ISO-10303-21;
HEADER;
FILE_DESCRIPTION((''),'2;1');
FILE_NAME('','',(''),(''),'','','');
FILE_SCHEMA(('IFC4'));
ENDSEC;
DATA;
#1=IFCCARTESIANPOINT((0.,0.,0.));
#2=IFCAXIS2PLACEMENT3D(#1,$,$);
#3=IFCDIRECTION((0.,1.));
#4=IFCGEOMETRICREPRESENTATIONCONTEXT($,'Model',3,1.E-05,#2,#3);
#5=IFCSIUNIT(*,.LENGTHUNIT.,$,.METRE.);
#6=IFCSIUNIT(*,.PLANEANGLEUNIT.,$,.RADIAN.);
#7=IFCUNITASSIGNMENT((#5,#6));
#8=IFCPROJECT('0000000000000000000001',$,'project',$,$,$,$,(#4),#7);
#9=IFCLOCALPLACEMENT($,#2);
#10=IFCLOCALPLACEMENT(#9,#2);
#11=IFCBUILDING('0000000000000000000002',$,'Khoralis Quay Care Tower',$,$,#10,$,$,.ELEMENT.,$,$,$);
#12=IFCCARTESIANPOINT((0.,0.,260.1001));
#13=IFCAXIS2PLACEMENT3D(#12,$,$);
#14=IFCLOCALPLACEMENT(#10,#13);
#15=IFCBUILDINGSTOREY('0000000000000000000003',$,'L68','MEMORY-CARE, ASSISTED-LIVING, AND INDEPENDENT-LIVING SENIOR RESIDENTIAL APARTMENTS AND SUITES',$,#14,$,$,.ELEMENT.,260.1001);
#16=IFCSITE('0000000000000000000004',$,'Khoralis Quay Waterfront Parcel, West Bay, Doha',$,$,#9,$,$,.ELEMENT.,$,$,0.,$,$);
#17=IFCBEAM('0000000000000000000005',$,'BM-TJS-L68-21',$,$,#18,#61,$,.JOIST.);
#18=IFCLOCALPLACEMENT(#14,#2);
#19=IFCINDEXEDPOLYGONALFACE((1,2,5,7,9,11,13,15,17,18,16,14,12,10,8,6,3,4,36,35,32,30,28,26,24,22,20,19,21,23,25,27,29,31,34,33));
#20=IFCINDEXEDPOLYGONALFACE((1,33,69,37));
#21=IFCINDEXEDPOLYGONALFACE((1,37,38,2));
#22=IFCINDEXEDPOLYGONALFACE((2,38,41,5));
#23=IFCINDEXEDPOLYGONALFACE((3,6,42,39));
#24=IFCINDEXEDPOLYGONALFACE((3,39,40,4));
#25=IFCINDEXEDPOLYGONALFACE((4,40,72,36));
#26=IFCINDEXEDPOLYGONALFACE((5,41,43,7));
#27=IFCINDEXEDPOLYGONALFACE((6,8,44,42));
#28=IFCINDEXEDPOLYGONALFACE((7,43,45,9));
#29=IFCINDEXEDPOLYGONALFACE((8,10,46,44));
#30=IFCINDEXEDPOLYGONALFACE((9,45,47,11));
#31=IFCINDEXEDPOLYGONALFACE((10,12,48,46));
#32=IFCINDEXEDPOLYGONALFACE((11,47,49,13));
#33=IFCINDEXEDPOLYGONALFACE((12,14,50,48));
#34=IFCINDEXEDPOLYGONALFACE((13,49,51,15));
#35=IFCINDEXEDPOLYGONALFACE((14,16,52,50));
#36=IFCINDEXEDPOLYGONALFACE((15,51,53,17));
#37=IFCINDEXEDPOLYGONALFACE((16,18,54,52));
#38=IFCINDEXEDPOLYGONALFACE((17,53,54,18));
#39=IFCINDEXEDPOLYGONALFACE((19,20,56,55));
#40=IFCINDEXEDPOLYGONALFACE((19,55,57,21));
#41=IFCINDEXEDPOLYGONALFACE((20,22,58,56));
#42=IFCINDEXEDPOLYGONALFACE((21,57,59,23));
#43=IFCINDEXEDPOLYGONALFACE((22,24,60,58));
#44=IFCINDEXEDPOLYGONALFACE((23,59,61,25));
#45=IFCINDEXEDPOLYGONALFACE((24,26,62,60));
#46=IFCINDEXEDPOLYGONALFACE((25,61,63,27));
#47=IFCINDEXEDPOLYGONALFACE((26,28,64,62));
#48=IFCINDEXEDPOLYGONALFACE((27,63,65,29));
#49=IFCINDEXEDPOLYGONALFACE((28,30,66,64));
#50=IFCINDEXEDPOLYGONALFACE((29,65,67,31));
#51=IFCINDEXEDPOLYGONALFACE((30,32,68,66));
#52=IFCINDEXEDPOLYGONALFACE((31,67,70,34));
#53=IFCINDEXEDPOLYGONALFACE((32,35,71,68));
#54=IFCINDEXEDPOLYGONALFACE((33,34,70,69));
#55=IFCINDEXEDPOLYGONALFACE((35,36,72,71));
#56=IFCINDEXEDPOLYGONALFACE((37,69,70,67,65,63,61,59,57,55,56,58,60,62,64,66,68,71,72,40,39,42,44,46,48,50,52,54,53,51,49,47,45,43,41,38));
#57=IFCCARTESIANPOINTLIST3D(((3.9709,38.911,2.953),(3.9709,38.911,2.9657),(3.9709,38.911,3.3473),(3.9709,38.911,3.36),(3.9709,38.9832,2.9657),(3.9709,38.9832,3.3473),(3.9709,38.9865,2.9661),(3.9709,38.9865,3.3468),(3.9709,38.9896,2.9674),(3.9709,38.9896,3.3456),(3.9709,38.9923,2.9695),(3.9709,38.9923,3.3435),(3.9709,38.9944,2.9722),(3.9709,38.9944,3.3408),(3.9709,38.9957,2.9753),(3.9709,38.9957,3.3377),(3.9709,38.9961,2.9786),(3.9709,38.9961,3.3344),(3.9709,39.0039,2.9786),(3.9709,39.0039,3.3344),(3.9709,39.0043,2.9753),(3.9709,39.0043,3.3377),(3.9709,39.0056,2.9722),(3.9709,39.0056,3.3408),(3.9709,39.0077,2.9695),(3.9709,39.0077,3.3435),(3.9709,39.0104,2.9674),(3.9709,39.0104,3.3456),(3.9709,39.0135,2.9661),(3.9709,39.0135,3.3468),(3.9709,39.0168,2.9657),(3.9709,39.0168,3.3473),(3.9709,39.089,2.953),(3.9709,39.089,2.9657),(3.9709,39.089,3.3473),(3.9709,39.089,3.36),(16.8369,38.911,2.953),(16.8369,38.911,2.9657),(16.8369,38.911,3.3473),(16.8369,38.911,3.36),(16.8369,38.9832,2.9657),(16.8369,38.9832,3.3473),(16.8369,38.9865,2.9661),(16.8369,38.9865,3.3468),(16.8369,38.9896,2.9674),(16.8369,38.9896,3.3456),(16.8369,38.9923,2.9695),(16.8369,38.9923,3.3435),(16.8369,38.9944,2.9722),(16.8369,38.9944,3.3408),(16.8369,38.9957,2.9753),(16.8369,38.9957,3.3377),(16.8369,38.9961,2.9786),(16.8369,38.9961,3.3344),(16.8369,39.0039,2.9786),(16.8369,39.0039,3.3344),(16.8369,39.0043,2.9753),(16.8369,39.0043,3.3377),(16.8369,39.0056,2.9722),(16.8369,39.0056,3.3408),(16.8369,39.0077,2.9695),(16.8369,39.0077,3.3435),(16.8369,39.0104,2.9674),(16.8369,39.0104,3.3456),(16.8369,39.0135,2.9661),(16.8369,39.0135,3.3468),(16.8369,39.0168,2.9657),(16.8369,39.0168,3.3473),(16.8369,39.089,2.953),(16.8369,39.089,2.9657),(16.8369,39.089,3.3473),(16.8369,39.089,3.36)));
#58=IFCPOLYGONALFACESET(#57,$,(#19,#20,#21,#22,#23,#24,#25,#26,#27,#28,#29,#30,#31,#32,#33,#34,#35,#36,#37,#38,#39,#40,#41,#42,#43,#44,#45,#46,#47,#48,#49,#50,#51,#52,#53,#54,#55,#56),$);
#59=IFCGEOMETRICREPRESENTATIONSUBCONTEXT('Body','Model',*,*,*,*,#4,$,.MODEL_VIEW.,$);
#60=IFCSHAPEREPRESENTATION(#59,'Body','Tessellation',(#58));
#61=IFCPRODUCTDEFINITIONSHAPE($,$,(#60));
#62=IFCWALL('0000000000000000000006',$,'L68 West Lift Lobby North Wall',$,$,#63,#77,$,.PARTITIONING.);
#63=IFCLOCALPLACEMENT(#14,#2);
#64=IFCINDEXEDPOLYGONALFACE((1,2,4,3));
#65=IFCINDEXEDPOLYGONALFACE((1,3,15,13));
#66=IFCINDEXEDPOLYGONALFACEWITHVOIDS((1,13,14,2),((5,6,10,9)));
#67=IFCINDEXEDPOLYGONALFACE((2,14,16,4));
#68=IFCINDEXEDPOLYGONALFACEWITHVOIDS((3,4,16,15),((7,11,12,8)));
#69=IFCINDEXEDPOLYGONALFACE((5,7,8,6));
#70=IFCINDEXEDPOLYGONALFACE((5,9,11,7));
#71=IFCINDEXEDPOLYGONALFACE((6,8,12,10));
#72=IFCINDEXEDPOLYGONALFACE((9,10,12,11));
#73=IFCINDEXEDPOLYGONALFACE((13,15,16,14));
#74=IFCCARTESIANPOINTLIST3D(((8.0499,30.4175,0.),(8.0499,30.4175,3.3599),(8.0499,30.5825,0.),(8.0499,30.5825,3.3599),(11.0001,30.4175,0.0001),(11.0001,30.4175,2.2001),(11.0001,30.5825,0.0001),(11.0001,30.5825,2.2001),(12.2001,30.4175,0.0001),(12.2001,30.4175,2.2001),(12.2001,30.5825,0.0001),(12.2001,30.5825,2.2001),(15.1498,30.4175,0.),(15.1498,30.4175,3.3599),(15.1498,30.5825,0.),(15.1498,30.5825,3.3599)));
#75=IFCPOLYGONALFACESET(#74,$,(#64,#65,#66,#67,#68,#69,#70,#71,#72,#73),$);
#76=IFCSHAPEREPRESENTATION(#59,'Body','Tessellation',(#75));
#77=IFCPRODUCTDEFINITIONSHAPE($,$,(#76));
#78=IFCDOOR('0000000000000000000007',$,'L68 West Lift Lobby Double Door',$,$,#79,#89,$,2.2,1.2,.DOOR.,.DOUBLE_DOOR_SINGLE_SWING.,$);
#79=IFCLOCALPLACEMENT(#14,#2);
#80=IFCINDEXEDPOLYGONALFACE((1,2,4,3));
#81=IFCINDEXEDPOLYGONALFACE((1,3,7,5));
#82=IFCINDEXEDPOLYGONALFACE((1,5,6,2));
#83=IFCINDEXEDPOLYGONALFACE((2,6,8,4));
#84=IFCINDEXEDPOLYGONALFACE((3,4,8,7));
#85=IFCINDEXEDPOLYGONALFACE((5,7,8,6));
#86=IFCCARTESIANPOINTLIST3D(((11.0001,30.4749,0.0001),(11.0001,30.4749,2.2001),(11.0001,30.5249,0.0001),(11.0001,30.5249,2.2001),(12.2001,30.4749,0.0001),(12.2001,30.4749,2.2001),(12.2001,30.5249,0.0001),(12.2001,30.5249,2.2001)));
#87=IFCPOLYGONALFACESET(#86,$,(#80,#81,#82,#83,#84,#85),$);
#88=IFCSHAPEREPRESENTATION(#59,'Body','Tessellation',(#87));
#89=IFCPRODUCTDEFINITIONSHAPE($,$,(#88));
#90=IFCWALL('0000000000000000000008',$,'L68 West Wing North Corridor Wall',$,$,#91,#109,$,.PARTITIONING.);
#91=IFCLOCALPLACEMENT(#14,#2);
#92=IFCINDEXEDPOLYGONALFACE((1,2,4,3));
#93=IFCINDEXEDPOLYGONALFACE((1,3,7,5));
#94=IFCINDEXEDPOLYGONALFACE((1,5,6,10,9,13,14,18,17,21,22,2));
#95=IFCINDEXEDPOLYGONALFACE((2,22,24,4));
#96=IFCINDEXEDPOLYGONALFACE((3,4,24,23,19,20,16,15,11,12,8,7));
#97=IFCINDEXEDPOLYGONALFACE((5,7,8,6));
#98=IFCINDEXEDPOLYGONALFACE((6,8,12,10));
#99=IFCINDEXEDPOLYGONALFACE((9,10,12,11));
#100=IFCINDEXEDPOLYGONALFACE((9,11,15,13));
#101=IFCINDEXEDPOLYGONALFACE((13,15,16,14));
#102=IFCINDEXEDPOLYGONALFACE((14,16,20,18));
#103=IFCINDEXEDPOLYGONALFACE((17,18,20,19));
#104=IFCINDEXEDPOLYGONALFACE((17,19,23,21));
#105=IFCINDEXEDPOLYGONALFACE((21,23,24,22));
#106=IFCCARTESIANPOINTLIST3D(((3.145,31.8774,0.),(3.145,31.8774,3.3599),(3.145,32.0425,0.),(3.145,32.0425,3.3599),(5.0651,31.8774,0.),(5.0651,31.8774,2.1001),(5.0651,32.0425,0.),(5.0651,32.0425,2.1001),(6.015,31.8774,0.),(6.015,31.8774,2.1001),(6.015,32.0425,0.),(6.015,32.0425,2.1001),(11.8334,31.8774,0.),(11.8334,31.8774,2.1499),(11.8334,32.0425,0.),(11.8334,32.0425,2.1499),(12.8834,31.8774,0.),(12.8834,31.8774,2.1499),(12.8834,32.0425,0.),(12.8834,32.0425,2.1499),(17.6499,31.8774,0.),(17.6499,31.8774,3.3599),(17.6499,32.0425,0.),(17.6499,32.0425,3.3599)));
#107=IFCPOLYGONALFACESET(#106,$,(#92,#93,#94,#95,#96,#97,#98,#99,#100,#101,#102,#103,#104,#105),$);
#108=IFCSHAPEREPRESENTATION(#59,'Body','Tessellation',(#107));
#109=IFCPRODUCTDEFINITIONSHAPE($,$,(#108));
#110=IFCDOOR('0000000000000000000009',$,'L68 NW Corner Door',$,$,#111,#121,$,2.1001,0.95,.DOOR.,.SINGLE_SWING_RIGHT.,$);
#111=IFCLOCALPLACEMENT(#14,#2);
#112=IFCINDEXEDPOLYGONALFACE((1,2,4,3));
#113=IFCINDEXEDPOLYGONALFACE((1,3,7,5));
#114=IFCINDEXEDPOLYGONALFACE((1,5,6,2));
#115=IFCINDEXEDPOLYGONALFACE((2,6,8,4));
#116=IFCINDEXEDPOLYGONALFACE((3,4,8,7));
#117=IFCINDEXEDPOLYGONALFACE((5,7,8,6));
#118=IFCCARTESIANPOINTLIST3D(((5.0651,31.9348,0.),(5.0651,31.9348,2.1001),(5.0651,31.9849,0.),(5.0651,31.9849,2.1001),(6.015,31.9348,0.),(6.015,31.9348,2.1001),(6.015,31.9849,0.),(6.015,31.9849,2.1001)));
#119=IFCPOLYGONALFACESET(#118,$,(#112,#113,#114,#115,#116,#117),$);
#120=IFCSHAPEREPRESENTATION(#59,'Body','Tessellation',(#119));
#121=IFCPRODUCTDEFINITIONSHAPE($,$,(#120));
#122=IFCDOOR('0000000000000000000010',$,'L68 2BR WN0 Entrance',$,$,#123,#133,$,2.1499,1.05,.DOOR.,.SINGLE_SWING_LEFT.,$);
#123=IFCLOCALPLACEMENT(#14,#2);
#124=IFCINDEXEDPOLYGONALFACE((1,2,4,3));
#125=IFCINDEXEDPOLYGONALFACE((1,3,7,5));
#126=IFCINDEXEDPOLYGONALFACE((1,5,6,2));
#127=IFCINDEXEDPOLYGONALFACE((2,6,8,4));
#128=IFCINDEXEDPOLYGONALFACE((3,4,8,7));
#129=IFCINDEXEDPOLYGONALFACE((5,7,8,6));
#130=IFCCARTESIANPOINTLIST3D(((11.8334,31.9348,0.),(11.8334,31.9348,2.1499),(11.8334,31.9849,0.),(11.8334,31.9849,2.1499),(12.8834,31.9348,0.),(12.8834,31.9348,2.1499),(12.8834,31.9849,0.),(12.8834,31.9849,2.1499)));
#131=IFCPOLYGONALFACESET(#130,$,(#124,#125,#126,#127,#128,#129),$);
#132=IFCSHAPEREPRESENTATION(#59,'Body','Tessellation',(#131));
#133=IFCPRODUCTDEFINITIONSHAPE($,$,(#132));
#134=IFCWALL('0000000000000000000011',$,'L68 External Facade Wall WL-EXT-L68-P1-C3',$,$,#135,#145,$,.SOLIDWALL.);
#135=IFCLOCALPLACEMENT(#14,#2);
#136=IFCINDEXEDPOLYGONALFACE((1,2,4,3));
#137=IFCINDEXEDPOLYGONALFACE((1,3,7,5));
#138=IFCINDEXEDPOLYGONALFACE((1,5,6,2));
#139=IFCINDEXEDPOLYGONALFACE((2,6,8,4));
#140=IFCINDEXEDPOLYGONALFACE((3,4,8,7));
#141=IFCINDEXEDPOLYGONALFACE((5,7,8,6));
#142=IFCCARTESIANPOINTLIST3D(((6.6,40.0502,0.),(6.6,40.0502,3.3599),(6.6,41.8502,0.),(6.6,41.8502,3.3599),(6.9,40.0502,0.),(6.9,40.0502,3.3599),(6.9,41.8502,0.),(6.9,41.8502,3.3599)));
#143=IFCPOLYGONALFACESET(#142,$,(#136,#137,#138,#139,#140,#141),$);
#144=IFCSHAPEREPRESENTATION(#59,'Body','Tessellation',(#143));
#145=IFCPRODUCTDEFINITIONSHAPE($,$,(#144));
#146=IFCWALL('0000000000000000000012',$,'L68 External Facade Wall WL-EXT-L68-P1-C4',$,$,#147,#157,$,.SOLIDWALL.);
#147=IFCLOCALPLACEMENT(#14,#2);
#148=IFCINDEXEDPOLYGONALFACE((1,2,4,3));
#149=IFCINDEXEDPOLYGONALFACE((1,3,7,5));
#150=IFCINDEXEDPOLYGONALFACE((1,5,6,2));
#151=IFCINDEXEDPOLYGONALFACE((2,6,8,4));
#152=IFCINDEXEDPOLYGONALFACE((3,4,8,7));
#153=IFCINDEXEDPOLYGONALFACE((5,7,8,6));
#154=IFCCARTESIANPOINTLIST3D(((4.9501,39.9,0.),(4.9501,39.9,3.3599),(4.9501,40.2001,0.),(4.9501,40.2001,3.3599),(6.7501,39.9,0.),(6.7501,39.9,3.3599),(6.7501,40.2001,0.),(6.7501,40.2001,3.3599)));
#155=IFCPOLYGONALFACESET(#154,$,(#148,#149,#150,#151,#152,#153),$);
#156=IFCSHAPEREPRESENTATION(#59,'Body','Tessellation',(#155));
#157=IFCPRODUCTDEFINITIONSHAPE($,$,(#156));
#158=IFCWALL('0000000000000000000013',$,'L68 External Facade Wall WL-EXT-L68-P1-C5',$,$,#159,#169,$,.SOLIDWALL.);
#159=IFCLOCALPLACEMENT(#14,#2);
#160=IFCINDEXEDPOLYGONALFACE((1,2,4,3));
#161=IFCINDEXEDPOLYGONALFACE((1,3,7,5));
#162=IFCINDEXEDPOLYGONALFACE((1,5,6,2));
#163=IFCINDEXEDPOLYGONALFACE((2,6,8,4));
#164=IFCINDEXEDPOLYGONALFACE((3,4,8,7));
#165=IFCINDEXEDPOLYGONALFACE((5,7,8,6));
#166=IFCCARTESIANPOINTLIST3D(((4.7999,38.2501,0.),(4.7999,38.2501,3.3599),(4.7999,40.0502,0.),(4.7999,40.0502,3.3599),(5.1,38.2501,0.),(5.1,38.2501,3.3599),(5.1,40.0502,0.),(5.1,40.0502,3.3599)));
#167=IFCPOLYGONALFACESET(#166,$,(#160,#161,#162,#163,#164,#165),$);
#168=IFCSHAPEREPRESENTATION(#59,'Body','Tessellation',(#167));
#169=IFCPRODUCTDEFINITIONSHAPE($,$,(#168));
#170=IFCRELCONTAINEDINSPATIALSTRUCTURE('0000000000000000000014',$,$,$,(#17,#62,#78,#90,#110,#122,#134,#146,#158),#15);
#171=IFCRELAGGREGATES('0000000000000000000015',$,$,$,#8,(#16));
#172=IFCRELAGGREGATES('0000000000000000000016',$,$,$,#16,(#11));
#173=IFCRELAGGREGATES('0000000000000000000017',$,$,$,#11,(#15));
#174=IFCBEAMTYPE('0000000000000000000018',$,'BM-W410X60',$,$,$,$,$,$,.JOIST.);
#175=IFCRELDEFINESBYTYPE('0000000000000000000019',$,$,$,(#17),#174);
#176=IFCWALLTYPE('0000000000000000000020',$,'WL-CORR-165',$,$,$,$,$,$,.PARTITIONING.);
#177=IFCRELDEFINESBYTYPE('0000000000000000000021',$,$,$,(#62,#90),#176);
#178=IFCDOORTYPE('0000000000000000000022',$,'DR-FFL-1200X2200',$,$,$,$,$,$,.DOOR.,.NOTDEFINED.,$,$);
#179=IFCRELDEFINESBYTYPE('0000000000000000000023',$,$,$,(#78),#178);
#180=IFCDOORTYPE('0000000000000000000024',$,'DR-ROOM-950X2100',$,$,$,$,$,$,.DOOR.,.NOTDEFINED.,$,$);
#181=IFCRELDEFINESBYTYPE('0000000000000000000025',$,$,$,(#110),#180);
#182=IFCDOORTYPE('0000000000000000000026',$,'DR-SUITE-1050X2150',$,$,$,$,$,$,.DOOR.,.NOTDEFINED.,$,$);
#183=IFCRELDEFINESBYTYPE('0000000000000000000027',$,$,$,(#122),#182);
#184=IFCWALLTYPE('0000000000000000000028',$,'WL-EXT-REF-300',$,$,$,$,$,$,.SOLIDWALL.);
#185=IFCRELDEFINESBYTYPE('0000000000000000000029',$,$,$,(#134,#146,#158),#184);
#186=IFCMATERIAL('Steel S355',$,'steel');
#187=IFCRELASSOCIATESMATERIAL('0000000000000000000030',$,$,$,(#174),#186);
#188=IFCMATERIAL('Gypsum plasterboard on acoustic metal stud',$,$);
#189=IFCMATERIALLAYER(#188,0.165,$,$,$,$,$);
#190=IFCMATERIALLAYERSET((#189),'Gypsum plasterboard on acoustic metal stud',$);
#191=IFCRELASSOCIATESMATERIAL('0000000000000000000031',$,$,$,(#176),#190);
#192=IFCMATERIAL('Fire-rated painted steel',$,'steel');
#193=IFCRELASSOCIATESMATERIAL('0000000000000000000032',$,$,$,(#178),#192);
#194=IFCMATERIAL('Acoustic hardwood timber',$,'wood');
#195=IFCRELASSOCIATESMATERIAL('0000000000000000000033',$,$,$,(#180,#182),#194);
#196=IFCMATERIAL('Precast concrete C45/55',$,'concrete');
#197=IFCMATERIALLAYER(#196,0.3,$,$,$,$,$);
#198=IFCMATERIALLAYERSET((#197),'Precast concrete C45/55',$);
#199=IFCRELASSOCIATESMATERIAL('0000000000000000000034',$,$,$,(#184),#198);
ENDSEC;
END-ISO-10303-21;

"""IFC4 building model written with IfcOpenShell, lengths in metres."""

from ifc_helpers import new_model, si_unit, direction, frame, frame_2d, origin, origin_2d, place, context, subcontext, project, spatial, rectangle, i_section, extrude, source, transform, mapped, material, layer, layer_set, material_profile, profile_set, type_object, element, fill, save


model = new_model("IFC4")

# Units and contexts
model_context = context("Model", 3, precision=1e-05, world=origin(), true_north=direction((0.0, 1.0)))
body_context = subcontext(model_context, "Body", "Model", "MODEL_VIEW")
ifc_project = project(units=[si_unit("LENGTHUNIT", "METRE"), si_unit("PLANEANGLEUNIT", "RADIAN")], contexts=[model_context])

# Site, building, storey
site_placement = place(None, origin())
site = spatial("IfcSite", under=ifc_project, at=site_placement, Name="Khoralis Quay Waterfront Parcel, West Bay, Doha", CompositionType="ELEMENT", RefElevation=0.0)
building_placement = place(site_placement, origin())
building = spatial("IfcBuilding", under=site, at=building_placement, Name="Khoralis Quay Care Tower", CompositionType="ELEMENT")
storey_placement = place(building_placement, frame((0.0, 0.0, 260.1001)))
storey = spatial("IfcBuildingStorey", under=building, at=storey_placement, Name="L68", Description="MEMORY-CARE, ASSISTED-LIVING, AND INDEPENDENT-LIVING SENIOR RESIDENTIAL APARTMENTS AND SUITES", CompositionType="ELEMENT", Elevation=260.1001)

# Beam
ifc_material_1 = material(Name="Steel S355", Category="steel")
ifc_material_profile_1 = material_profile(ifc_material_1, i_section(OverallWidth=0.178, OverallDepth=0.407, WebThickness=0.0078, FlangeThickness=0.0127, FilletRadius=0.0129, at=origin_2d()), Name="Steel S355")
ifc_profile_set_1 = profile_set([ifc_material_profile_1], Name="Steel S355")
beam_type_1 = type_object("IfcBeamType", Name="BM-W410X60", PredefinedType="JOIST", material=ifc_profile_set_1)
shared_shape_1 = source(origin(), body_context, "Body", "SweptSolid", [
    extrude(i_section(OverallWidth=0.178, OverallDepth=0.407, WebThickness=0.0078, FlangeThickness=0.0127, FilletRadius=0.0129, at=origin_2d()), origin(), (0.0, 0.0, 1.0), 12.866),
])
for number, where, z_axis, x_axis, name in (
    (1, (3.9709, 39.0, 3.1565), (1.0, 0.0, 0.0), (0.0, 1.0, 0.0), "BM-TJS-L68-21"),
):
    element("IfcBeam", number, at=place(storey_placement, frame(where, z_axis=z_axis, x_axis=x_axis)), inside=storey, type_object=beam_type_1, Name=name, PredefinedType="JOIST", context=body_context, shape_type="MappedRepresentation", body=[
        mapped(shared_shape_1, transform((0.0, 0.0, 0.0), scale=1.0)),
    ])

# Wall, opening, door
ifc_material_2 = material(Name="Gypsum plasterboard on acoustic metal stud")
ifc_layer_1 = layer(ifc_material_2, 0.165)
ifc_layer_set_1 = layer_set([ifc_layer_1], Name="Gypsum plasterboard on acoustic metal stud")
wall_type_1 = type_object("IfcWallType", Name="WL-CORR-165", PredefinedType="PARTITIONING", material=ifc_layer_set_1)
wall_1_placement = place(storey_placement, frame((8.05, 30.5, 0.0), z_axis=(0.0, 0.0, 1.0), x_axis=(1.0, 0.0, 0.0)))
wall_1 = element("IfcWall", 2, at=wall_1_placement, inside=storey, type_object=wall_type_1, Name="L68 West Lift Lobby North Wall", PredefinedType="PARTITIONING", context=body_context, shape_type="SweptSolid", body=[
    extrude(rectangle(XDim=7.0999, YDim=0.165, at=frame_2d((3.5498, 0.0))), origin(), (0.0, 0.0, 1.0), 3.3599),
])
opening_1_placement = place(wall_1_placement, frame((2.95, 0.0, 0.0)))
opening_1 = element("IfcOpeningElement", 3, at=opening_1_placement, cuts=wall_1, PredefinedType="OPENING", context=body_context, shape_type="SweptSolid", body=[
    extrude(rectangle(XDim=1.2, YDim=2.2, at=frame_2d((0.6001, 1.1001))), frame((0.0, 0.0925, 0.0), z_axis=(0.0, -1.0, 0.0), x_axis=(1.0, 0.0, 0.0)), (0.0, 0.0, 1.0), 0.1851),
])
ifc_material_3 = material(Name="Fire-rated painted steel", Category="steel")
door_type_1 = type_object("IfcDoorType", Name="DR-FFL-1200X2200", OperationType="NOTDEFINED", PredefinedType="DOOR", material=ifc_material_3)
shared_shape_2 = source(origin(), body_context, "Body", "SweptSolid", [
    extrude(rectangle(XDim=1.2, YDim=2.2, at=frame_2d((0.6001, 1.1001))), frame((0.0, 0.0249, 0.0), z_axis=(0.0, -1.0, 0.0), x_axis=(1.0, 0.0, 0.0)), (0.0, 0.0, 1.0), 0.05),
])
door_1_placement = place(opening_1_placement, origin())
door_1 = element("IfcDoor", 4, at=door_1_placement, inside=storey, type_object=door_type_1, Name="L68 West Lift Lobby Double Door", OperationType="DOUBLE_DOOR_SINGLE_SWING", OverallHeight=2.2, OverallWidth=1.2, PredefinedType="DOOR", context=body_context, shape_type="MappedRepresentation", body=[
    mapped(shared_shape_2, transform((0.0, 0.0, 0.0), scale=1.0)),
])
fill(opening_1, door_1)

# Wall, openings, doors
wall_2_placement = place(storey_placement, frame((3.145, 31.96, 0.0), z_axis=(0.0, 0.0, 1.0), x_axis=(1.0, 0.0, 0.0)))
wall_2 = element("IfcWall", 5, at=wall_2_placement, inside=storey, type_object=wall_type_1, Name="L68 West Wing North Corridor Wall", PredefinedType="PARTITIONING", context=body_context, shape_type="SweptSolid", body=[
    extrude(rectangle(XDim=14.5049, YDim=0.165, at=frame_2d((7.2524, 0.0))), origin(), (0.0, 0.0, 1.0), 3.3599),
])
opening_2_placement = place(wall_2_placement, frame((8.6885, 0.0, 0.0)))
opening_2 = element("IfcOpeningElement", 6, at=opening_2_placement, cuts=wall_2, PredefinedType="OPENING", context=body_context, shape_type="SweptSolid", body=[
    extrude(rectangle(XDim=1.05, YDim=2.1499, at=frame_2d((0.5249, 1.075))), frame((0.0, 0.0925, 0.0), z_axis=(0.0, -1.0, 0.0), x_axis=(1.0, 0.0, 0.0)), (0.0, 0.0, 1.0), 0.1851),
])
opening_3_placement = place(wall_2_placement, frame((1.9199, 0.0, 0.0)))
opening_3 = element("IfcOpeningElement", 7, at=opening_3_placement, cuts=wall_2, PredefinedType="OPENING", context=body_context, shape_type="SweptSolid", body=[
    extrude(rectangle(XDim=0.95, YDim=2.1001, at=frame_2d((0.4751, 1.05))), frame((0.0, 0.0925, 0.0), z_axis=(0.0, -1.0, 0.0), x_axis=(1.0, 0.0, 0.0)), (0.0, 0.0, 1.0), 0.1851),
])
ifc_material_4 = material(Name="Acoustic hardwood timber", Category="wood")
door_type_2 = type_object("IfcDoorType", Name="DR-ROOM-950X2100", OperationType="NOTDEFINED", PredefinedType="DOOR", material=ifc_material_4)
shared_shape_3 = source(origin(), body_context, "Body", "SweptSolid", [
    extrude(rectangle(XDim=0.95, YDim=2.1001, at=frame_2d((0.4751, 1.05))), frame((0.0, 0.0249, 0.0), z_axis=(0.0, -1.0, 0.0), x_axis=(1.0, 0.0, 0.0)), (0.0, 0.0, 1.0), 0.05),
])
door_2_placement = place(opening_3_placement, origin())
door_2 = element("IfcDoor", 8, at=door_2_placement, inside=storey, type_object=door_type_2, Name="L68 NW Corner Door", OperationType="SINGLE_SWING_RIGHT", OverallHeight=2.1001, OverallWidth=0.95, PredefinedType="DOOR", context=body_context, shape_type="MappedRepresentation", body=[
    mapped(shared_shape_3, transform((0.0, 0.0, 0.0), scale=1.0)),
])
fill(opening_3, door_2)
door_type_3 = type_object("IfcDoorType", Name="DR-SUITE-1050X2150", OperationType="NOTDEFINED", PredefinedType="DOOR", material=ifc_material_4)
shared_shape_4 = source(origin(), body_context, "Body", "SweptSolid", [
    extrude(rectangle(XDim=1.05, YDim=2.1499, at=frame_2d((0.5249, 1.075))), frame((0.0, 0.0249, 0.0), z_axis=(0.0, -1.0, 0.0), x_axis=(1.0, 0.0, 0.0)), (0.0, 0.0, 1.0), 0.05),
])
door_3_placement = place(opening_2_placement, origin())
door_3 = element("IfcDoor", 9, at=door_3_placement, inside=storey, type_object=door_type_3, Name="L68 2BR WN0 Entrance", OperationType="SINGLE_SWING_LEFT", OverallHeight=2.1499, OverallWidth=1.05, PredefinedType="DOOR", context=body_context, shape_type="MappedRepresentation", body=[
    mapped(shared_shape_4, transform((0.0, 0.0, 0.0), scale=1.0)),
])
fill(opening_2, door_3)

# Walls
ifc_material_5 = material(Name="Precast concrete C45/55", Category="concrete")
ifc_layer_2 = layer(ifc_material_5, 0.3)
ifc_layer_set_2 = layer_set([ifc_layer_2], Name="Precast concrete C45/55")
wall_type_2 = type_object("IfcWallType", Name="WL-EXT-REF-300", PredefinedType="SOLIDWALL", material=ifc_layer_set_2)
for number, where, z_axis, x_axis, name in (
    (10, (6.75, 41.8501, 0.0), (0.0, 0.0, 1.0), (0.0, -1.0, 0.0), "L68 External Facade Wall WL-EXT-L68-P1-C3"),
    (11, (6.75, 40.05, 0.0), (0.0, 0.0, 1.0), (-1.0, 0.0, 0.0), "L68 External Facade Wall WL-EXT-L68-P1-C4"),
    (12, (4.95, 40.05, 0.0), (0.0, 0.0, 1.0), (0.0, -1.0, 0.0), "L68 External Facade Wall WL-EXT-L68-P1-C5"),
):
    element("IfcWall", number, at=place(storey_placement, frame(where, z_axis=z_axis, x_axis=x_axis)), inside=storey, type_object=wall_type_2, Name=name, PredefinedType="SOLIDWALL", context=body_context, shape_type="SweptSolid", body=[
        extrude(rectangle(XDim=1.8, YDim=0.3, at=frame_2d((0.8999, 0.0))), origin(), (0.0, 0.0, 1.0), 3.3599),
    ])

save(model, "model.ifc")
